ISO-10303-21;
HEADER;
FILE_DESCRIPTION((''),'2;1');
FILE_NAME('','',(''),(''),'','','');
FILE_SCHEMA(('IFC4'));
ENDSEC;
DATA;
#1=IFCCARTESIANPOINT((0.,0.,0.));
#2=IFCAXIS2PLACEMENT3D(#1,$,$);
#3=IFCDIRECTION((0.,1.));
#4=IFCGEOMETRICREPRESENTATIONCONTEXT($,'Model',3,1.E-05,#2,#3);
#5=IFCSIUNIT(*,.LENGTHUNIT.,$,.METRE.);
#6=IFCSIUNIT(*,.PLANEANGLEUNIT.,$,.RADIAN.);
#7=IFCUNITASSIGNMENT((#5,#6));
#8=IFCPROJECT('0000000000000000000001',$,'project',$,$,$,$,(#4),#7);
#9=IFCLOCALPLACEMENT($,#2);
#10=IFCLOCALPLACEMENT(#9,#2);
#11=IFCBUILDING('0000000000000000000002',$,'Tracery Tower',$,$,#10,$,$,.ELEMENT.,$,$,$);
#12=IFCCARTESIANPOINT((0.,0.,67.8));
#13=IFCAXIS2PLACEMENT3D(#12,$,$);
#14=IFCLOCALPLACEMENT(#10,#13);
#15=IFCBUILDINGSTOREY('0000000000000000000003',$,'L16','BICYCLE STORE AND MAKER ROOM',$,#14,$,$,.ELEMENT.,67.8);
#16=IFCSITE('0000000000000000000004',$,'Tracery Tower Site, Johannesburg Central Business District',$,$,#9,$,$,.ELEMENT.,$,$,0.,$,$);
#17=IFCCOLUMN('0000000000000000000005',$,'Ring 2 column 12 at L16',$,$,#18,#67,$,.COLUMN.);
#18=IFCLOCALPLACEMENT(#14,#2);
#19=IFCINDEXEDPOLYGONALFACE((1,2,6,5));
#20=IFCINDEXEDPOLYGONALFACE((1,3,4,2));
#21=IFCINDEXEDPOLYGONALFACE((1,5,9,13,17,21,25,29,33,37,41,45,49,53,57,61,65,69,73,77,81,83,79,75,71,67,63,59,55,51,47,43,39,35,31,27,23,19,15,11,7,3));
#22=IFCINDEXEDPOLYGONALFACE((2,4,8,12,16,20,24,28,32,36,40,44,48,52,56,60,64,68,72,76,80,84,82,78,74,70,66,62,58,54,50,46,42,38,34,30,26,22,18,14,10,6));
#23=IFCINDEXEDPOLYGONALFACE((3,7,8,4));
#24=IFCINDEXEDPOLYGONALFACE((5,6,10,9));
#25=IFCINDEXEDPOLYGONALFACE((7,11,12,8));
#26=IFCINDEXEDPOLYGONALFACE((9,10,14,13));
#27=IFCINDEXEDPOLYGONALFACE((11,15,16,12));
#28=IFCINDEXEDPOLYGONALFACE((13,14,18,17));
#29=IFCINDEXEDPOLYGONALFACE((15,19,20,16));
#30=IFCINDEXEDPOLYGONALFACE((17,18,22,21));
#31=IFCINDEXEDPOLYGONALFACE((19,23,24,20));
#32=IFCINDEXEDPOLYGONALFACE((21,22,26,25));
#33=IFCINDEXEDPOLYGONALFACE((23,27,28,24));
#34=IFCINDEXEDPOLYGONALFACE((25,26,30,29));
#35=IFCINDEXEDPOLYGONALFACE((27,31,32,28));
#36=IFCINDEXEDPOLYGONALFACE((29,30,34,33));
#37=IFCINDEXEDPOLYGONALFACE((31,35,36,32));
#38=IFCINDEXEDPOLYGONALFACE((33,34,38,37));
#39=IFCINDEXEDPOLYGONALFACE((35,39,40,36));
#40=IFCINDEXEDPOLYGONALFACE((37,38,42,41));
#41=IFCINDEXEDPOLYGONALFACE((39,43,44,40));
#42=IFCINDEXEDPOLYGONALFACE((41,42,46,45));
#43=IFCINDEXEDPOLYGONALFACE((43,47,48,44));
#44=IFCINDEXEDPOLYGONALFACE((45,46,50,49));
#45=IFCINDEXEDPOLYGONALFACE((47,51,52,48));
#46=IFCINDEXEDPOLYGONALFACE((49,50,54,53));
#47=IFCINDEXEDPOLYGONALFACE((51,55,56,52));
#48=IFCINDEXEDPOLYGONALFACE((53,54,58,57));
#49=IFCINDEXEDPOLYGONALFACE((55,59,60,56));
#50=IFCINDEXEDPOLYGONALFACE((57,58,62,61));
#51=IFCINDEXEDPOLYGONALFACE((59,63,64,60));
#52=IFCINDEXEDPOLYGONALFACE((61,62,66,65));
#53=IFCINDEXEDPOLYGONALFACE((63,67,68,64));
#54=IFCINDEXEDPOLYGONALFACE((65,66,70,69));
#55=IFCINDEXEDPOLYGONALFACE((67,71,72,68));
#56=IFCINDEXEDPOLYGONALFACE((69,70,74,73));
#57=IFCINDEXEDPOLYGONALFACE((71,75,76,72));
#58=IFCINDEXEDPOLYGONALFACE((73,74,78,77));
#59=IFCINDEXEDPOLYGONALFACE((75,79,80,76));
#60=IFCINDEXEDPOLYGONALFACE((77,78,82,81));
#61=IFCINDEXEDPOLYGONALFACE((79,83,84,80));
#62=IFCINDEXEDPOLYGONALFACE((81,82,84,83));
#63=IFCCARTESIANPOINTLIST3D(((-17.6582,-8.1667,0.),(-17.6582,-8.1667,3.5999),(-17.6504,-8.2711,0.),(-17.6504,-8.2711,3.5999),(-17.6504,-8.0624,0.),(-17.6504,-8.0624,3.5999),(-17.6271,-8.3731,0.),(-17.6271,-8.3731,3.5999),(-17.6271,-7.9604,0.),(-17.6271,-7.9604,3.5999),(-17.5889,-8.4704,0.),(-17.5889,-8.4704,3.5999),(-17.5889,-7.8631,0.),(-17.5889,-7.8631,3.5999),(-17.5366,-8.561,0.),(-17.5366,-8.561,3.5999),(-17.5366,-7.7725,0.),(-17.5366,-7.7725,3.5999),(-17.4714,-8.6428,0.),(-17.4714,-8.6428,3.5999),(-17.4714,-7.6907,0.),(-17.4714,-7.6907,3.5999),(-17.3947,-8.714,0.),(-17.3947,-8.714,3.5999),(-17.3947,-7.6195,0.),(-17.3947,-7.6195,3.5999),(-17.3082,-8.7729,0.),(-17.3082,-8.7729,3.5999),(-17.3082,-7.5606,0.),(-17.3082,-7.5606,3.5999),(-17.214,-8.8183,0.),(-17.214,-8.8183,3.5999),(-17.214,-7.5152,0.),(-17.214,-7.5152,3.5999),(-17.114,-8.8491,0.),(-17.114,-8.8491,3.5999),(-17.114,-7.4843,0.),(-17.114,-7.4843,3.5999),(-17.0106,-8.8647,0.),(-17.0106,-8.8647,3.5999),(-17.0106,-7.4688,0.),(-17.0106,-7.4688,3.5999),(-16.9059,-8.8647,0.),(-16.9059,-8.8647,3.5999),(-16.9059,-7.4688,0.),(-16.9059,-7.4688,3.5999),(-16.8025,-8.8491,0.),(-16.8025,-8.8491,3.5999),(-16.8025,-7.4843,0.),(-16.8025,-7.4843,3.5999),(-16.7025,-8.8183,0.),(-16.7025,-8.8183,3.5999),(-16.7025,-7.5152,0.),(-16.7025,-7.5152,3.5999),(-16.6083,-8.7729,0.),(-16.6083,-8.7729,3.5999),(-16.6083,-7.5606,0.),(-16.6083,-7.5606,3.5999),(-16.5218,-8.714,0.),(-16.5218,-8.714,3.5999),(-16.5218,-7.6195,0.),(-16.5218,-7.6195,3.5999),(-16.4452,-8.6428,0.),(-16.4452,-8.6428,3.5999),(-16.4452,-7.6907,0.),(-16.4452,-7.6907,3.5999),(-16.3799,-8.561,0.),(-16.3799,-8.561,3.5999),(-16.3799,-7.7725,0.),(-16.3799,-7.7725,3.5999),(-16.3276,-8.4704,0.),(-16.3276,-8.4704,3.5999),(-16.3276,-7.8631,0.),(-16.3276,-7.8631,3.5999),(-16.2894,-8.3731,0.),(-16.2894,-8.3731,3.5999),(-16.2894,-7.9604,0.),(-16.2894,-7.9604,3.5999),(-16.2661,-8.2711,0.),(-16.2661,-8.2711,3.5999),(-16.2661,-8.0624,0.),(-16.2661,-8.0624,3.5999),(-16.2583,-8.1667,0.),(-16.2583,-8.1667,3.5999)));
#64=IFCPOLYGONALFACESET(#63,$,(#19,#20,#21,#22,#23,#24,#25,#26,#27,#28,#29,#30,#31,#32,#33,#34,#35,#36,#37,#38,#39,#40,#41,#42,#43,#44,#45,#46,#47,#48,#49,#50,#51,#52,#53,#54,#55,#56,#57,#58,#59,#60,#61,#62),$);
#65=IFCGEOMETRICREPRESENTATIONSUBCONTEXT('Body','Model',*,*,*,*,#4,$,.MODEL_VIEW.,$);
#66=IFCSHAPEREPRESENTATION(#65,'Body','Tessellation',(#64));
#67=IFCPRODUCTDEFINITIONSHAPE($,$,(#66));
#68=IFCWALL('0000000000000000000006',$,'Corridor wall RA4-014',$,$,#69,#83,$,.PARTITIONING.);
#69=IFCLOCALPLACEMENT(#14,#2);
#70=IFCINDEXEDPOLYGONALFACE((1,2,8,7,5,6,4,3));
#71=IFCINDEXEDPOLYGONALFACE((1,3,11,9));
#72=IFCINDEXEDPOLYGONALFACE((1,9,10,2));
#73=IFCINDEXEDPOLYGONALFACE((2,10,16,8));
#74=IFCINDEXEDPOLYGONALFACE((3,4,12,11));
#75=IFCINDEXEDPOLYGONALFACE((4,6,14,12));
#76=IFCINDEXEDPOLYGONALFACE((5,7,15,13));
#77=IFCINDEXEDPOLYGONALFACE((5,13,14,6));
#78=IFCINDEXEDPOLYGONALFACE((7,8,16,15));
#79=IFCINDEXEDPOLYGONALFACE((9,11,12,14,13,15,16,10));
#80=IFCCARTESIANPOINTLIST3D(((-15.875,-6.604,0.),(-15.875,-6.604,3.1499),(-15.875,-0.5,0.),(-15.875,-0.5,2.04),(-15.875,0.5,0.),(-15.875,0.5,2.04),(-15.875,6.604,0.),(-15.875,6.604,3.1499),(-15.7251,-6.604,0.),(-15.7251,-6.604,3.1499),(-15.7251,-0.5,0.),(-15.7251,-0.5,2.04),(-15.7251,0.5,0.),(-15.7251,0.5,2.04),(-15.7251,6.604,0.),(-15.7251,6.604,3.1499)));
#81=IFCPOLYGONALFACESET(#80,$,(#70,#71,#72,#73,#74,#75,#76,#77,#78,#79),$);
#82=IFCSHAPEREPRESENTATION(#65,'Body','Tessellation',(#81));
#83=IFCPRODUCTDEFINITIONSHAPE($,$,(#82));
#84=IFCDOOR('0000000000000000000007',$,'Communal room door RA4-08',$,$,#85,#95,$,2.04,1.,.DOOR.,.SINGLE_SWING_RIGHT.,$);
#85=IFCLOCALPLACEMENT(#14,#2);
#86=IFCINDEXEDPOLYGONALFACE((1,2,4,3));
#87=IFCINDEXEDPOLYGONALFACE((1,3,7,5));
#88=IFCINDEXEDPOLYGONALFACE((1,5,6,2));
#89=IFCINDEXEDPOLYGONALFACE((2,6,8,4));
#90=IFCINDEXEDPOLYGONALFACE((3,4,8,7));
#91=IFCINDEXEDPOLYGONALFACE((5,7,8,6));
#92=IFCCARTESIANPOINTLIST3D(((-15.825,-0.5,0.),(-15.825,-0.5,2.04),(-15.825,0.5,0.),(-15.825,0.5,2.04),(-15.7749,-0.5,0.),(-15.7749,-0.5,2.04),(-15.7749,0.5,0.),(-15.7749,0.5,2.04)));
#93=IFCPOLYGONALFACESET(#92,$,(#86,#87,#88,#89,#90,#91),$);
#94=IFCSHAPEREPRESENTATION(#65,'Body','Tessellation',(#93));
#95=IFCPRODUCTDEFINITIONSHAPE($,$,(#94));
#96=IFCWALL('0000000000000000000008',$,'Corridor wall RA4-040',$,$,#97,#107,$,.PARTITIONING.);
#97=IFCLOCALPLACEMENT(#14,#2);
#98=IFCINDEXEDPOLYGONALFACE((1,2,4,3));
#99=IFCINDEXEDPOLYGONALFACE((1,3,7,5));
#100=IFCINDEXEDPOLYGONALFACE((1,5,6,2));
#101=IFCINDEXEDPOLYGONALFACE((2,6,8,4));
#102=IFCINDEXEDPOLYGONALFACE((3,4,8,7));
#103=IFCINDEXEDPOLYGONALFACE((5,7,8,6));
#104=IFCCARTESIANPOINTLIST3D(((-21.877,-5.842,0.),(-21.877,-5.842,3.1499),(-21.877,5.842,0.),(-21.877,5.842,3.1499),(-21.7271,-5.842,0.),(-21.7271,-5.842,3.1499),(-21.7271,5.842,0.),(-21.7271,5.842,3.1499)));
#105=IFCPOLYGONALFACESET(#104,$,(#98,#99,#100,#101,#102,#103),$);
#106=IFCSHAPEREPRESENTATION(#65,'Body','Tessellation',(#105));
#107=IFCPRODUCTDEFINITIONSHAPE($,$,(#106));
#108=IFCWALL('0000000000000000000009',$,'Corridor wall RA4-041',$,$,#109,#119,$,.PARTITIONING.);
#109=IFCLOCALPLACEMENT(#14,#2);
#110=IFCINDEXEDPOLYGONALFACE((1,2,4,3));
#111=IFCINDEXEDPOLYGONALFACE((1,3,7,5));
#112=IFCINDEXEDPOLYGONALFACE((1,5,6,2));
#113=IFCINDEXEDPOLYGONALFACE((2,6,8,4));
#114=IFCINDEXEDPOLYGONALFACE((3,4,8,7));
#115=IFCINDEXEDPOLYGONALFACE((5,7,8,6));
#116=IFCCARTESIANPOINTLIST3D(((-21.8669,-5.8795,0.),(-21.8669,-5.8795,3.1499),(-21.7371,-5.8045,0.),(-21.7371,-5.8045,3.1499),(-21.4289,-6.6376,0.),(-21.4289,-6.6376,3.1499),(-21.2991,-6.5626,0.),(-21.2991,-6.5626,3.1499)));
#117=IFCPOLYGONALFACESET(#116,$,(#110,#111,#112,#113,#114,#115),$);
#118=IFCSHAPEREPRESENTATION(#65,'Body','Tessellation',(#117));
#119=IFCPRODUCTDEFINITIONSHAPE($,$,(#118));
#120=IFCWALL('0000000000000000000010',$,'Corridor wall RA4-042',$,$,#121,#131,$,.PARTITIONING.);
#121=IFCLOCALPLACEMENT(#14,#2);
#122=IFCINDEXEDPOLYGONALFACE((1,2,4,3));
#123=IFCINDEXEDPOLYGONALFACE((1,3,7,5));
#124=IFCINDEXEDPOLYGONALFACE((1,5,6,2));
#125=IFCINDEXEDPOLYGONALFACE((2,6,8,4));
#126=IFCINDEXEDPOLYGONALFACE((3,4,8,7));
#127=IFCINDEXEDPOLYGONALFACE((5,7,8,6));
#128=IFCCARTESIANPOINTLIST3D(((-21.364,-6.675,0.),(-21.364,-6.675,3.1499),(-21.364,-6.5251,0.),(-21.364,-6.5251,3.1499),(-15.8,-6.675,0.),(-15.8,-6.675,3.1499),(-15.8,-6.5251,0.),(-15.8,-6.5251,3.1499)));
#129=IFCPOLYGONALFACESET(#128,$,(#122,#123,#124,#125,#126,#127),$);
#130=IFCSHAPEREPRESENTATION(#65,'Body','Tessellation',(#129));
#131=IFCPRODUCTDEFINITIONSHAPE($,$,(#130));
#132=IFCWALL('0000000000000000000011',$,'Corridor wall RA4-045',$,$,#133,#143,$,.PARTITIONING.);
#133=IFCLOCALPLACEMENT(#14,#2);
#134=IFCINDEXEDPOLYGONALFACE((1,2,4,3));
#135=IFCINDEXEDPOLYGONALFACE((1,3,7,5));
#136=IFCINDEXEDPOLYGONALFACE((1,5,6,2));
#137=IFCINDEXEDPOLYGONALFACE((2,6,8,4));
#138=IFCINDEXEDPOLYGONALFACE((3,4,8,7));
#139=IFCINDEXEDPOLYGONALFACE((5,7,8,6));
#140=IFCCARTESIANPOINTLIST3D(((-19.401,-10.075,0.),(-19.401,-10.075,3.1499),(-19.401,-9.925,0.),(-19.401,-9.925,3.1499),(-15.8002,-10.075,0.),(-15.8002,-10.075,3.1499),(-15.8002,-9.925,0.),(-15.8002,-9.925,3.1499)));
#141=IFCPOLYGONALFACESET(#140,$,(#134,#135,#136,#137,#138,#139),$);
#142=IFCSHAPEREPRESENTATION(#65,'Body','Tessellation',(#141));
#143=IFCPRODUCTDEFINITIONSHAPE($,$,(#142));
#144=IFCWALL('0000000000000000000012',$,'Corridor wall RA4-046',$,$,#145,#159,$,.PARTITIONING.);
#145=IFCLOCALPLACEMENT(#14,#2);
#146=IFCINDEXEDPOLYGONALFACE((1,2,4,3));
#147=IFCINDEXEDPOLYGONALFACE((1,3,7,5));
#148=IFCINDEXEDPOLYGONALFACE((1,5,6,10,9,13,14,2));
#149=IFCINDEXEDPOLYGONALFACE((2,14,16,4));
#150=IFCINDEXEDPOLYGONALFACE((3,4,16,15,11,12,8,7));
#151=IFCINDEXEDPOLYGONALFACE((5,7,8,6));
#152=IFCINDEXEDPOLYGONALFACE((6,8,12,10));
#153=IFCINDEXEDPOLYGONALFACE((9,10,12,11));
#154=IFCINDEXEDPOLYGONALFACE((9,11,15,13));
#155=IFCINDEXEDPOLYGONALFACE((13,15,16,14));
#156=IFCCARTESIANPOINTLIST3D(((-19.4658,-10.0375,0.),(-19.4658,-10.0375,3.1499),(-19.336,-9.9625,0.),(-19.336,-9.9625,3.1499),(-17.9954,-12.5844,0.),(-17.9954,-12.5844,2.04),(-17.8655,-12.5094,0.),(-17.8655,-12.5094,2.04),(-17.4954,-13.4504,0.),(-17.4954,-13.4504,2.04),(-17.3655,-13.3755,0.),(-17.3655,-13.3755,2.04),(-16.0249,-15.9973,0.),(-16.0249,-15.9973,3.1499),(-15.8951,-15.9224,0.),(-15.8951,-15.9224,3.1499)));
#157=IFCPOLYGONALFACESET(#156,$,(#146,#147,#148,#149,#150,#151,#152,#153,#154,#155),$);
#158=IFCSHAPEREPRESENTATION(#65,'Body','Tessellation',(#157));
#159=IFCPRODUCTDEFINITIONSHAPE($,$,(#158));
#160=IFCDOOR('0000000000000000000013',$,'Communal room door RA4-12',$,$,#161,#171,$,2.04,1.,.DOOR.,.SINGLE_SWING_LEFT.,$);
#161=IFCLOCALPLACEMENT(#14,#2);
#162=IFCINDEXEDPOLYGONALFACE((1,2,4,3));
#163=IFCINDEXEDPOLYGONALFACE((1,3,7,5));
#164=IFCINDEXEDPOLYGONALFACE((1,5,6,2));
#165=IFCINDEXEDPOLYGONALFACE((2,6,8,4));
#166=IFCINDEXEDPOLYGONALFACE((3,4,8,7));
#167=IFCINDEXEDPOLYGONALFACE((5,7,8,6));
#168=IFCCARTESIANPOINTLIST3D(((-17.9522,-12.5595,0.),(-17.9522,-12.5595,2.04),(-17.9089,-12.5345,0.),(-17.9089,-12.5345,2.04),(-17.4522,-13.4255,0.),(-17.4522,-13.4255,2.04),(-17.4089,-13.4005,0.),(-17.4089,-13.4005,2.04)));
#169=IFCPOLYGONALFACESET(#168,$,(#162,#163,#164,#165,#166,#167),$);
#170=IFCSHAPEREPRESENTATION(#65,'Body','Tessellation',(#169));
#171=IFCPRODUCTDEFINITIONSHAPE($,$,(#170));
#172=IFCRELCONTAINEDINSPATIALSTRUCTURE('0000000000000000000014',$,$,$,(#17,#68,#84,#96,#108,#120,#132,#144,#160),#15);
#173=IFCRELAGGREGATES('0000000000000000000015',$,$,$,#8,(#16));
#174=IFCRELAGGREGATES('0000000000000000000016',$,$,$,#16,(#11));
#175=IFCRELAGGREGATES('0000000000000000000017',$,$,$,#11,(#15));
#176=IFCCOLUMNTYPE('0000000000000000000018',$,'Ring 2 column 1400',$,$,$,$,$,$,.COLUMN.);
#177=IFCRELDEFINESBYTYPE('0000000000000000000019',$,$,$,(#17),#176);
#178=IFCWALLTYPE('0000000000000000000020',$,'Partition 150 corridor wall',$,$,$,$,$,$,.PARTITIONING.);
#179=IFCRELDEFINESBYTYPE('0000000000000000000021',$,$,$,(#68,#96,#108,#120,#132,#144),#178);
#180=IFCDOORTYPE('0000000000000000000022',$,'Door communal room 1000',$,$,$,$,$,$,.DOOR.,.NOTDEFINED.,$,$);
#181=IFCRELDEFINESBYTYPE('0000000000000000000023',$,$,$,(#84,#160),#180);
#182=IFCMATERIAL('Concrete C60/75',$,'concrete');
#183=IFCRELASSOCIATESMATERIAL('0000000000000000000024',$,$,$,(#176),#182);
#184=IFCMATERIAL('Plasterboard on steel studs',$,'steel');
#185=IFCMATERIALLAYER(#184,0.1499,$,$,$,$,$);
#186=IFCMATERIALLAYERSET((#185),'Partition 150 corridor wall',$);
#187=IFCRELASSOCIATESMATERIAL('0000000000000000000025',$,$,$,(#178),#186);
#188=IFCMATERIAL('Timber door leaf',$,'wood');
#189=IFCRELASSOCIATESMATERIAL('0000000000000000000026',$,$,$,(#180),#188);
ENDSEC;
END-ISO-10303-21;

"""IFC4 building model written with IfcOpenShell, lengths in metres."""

from ifc_helpers import new_model, si_unit, direction, frame, frame_2d, origin, origin_2d, place, context, subcontext, project, spatial, rectangle, circle, extrude, material, layer, layer_set, material_profile, profile_set, type_object, element, fill, save


model = new_model("IFC4")

# Units and contexts
model_context = context("Model", 3, precision=1e-05, world=origin(), true_north=direction((0.0, 1.0)))
body_context = subcontext(model_context, "Body", "Model", "MODEL_VIEW")
ifc_project = project(units=[si_unit("LENGTHUNIT", "METRE"), si_unit("PLANEANGLEUNIT", "RADIAN")], contexts=[model_context])

# Site, building, storey
site_placement = place(None, origin())
site = spatial("IfcSite", under=ifc_project, at=site_placement, Name="Tracery Tower Site, Johannesburg Central Business District", CompositionType="ELEMENT", RefElevation=0.0)
building_placement = place(site_placement, origin())
building = spatial("IfcBuilding", under=site, at=building_placement, Name="Tracery Tower", CompositionType="ELEMENT")
storey_placement = place(building_placement, frame((0.0, 0.0, 67.8)))
storey = spatial("IfcBuildingStorey", under=building, at=storey_placement, Name="L16", Description="BICYCLE STORE AND MAKER ROOM", CompositionType="ELEMENT", Elevation=67.8)

# Column
ifc_material_1 = material(Name="Concrete C60/75", Category="concrete")
ifc_material_profile_1 = material_profile(ifc_material_1, circle(Radius=0.7, at=origin_2d()), Name="RC D1400")
ifc_profile_set_1 = profile_set([ifc_material_profile_1], Name="Concrete C60/75")
column_type_1 = type_object("IfcColumnType", Name="Ring 2 column 1400", PredefinedType="COLUMN", material=ifc_profile_set_1)
for number, where, z_axis, x_axis, name in (
    (1, (-16.9583, -8.1667, 0.0), (0.0, 0.0, 1.0), (1.0, 0.0, 0.0), "Ring 2 column 12 at L16"),
):
    element("IfcColumn", number, at=place(storey_placement, frame(where, z_axis=z_axis, x_axis=x_axis)), inside=storey, type_object=column_type_1, Name=name, PredefinedType="COLUMN", context=body_context, shape_type="SweptSolid", body=[
        extrude(circle(Radius=0.7, at=origin_2d()), origin(), (0.0, 0.0, 1.0), 3.5999),
    ])

# Wall, opening, door
ifc_material_2 = material(Name="Plasterboard on steel studs", Category="steel")
ifc_layer = layer(ifc_material_2, 0.1499)
ifc_layer_set = layer_set([ifc_layer], Name="Partition 150 corridor wall")
wall_type = type_object("IfcWallType", Name="Partition 150 corridor wall", PredefinedType="PARTITIONING", material=ifc_layer_set)
wall_1_placement = place(storey_placement, frame((-15.8, -6.604, 0.0), z_axis=(0.0, 0.0, 1.0), x_axis=(0.0, 1.0, 0.0)))
wall_1 = element("IfcWall", 2, at=wall_1_placement, inside=storey, type_object=wall_type, Name="Corridor wall RA4-014", PredefinedType="PARTITIONING", context=body_context, shape_type="SweptSolid", body=[
    extrude(rectangle(XDim=13.208, YDim=0.1499, at=frame_2d((6.604, 0.0))), origin(), (0.0, 0.0, 1.0), 3.1499),
])
opening_1_placement = place(wall_1_placement, frame((6.104, 0.0, 0.0)))
opening_1 = element("IfcOpeningElement", 3, at=opening_1_placement, cuts=wall_1, PredefinedType="OPENING", context=body_context, shape_type="SweptSolid", body=[
    extrude(rectangle(XDim=1.0, YDim=2.04, at=frame_2d((0.5, 1.02))), frame((0.0, 0.075, 0.0), z_axis=(0.0, -1.0, 0.0), x_axis=(1.0, 0.0, 0.0)), (0.0, 0.0, 1.0), 0.1499),
])
ifc_material_3 = material(Name="Timber door leaf", Category="wood")
door_type_1 = type_object("IfcDoorType", Name="Door communal room 1000", OperationType="NOTDEFINED", PredefinedType="DOOR", material=ifc_material_3)
door_1_placement = place(opening_1_placement, origin())
door_1 = element("IfcDoor", 4, at=door_1_placement, inside=storey, type_object=door_type_1, Name="Communal room door RA4-08", OperationType="SINGLE_SWING_RIGHT", OverallHeight=2.04, OverallWidth=1.0, PredefinedType="DOOR", context=body_context, shape_type="SweptSolid", body=[
    extrude(rectangle(XDim=1.0, YDim=2.04, at=frame_2d((0.5, 1.02))), frame((0.0, 0.0249, 0.0), z_axis=(0.0, -1.0, 0.0), x_axis=(1.0, 0.0, 0.0)), (0.0, 0.0, 1.0), 0.05),
])
fill(opening_1, door_1)

# Walls
wall_2_placement = place(storey_placement, frame((-21.802, -5.842, 0.0), z_axis=(0.0, 0.0, 1.0), x_axis=(0.0, 1.0, 0.0)))
element("IfcWall", 5, at=wall_2_placement, inside=storey, type_object=wall_type, Name="Corridor wall RA4-040", PredefinedType="PARTITIONING", context=body_context, shape_type="SweptSolid", body=[
    extrude(rectangle(XDim=11.6841, YDim=0.1499, at=frame_2d((5.842, 0.0))), origin(), (0.0, 0.0, 1.0), 3.1499),
])
wall_3_placement = place(storey_placement, frame((-21.802, -5.842, 0.0), z_axis=(0.0, 0.0, 1.0), x_axis=(0.500278, -0.865865, 0.0)))
element("IfcWall", 6, at=wall_3_placement, inside=storey, type_object=wall_type, Name="Corridor wall RA4-041", PredefinedType="PARTITIONING", context=body_context, shape_type="SweptSolid", body=[
    extrude(rectangle(XDim=0.8755, YDim=0.1499, at=frame_2d((0.4377, 0.0))), origin(), (0.0, 0.0, 1.0), 3.1499),
])
wall_4_placement = place(storey_placement, frame((-21.364, -6.6001, 0.0), z_axis=(0.0, 0.0, 1.0), x_axis=(1.0, 0.0, 0.0)))
element("IfcWall", 7, at=wall_4_placement, inside=storey, type_object=wall_type, Name="Corridor wall RA4-042", PredefinedType="PARTITIONING", context=body_context, shape_type="SweptSolid", body=[
    extrude(rectangle(XDim=5.564, YDim=0.1499, at=frame_2d((2.782, 0.0))), origin(), (0.0, 0.0, 1.0), 3.1499),
])
wall_5_placement = place(storey_placement, frame((-19.4009, -10.0, 0.0), z_axis=(0.0, 0.0, 1.0), x_axis=(1.0, 0.0, 0.0)))
element("IfcWall", 8, at=wall_5_placement, inside=storey, type_object=wall_type, Name="Corridor wall RA4-045", PredefinedType="PARTITIONING", context=body_context, shape_type="SweptSolid", body=[
    extrude(rectangle(XDim=3.6008, YDim=0.1499, at=frame_2d((1.8003, 0.0))), origin(), (0.0, 0.0, 1.0), 3.1499),
])

# Wall, opening, door
wall_6_placement = place(storey_placement, frame((-19.4009, -10.0, 0.0), z_axis=(0.0, 0.0, 1.0), x_axis=(0.499993, -0.86603, 0.0)))
wall_6 = element("IfcWall", 9, at=wall_6_placement, inside=storey, type_object=wall_type, Name="Corridor wall RA4-046", PredefinedType="PARTITIONING", context=body_context, shape_type="SweptSolid", body=[
    extrude(rectangle(XDim=6.8818, YDim=0.1499, at=frame_2d((3.4409, 0.0))), origin(), (0.0, 0.0, 1.0), 3.1499),
])
opening_2_placement = place(wall_6_placement, frame((2.9409, 0.0, 0.0)))
opening_2 = element("IfcOpeningElement", 10, at=opening_2_placement, cuts=wall_6, PredefinedType="OPENING", context=body_context, shape_type="SweptSolid", body=[
    extrude(rectangle(XDim=1.0, YDim=2.04, at=frame_2d((0.5, 1.02))), frame((0.0, 0.075, 0.0), z_axis=(0.0, -1.0, 0.0), x_axis=(1.0, 0.0, 0.0)), (0.0, 0.0, 1.0), 0.1499),
])
door_2_placement = place(opening_2_placement, origin())
door_2 = element("IfcDoor", 11, at=door_2_placement, inside=storey, type_object=door_type_1, Name="Communal room door RA4-12", OperationType="SINGLE_SWING_LEFT", OverallHeight=2.04, OverallWidth=1.0, PredefinedType="DOOR", context=body_context, shape_type="SweptSolid", body=[
    extrude(rectangle(XDim=1.0, YDim=2.04, at=frame_2d((0.5, 1.02))), frame((0.0, 0.0249, 0.0), z_axis=(0.0, -1.0, 0.0), x_axis=(1.0, 0.0, 0.0)), (0.0, 0.0, 1.0), 0.05),
])
fill(opening_2, door_2)

save(model, "model.ifc")
